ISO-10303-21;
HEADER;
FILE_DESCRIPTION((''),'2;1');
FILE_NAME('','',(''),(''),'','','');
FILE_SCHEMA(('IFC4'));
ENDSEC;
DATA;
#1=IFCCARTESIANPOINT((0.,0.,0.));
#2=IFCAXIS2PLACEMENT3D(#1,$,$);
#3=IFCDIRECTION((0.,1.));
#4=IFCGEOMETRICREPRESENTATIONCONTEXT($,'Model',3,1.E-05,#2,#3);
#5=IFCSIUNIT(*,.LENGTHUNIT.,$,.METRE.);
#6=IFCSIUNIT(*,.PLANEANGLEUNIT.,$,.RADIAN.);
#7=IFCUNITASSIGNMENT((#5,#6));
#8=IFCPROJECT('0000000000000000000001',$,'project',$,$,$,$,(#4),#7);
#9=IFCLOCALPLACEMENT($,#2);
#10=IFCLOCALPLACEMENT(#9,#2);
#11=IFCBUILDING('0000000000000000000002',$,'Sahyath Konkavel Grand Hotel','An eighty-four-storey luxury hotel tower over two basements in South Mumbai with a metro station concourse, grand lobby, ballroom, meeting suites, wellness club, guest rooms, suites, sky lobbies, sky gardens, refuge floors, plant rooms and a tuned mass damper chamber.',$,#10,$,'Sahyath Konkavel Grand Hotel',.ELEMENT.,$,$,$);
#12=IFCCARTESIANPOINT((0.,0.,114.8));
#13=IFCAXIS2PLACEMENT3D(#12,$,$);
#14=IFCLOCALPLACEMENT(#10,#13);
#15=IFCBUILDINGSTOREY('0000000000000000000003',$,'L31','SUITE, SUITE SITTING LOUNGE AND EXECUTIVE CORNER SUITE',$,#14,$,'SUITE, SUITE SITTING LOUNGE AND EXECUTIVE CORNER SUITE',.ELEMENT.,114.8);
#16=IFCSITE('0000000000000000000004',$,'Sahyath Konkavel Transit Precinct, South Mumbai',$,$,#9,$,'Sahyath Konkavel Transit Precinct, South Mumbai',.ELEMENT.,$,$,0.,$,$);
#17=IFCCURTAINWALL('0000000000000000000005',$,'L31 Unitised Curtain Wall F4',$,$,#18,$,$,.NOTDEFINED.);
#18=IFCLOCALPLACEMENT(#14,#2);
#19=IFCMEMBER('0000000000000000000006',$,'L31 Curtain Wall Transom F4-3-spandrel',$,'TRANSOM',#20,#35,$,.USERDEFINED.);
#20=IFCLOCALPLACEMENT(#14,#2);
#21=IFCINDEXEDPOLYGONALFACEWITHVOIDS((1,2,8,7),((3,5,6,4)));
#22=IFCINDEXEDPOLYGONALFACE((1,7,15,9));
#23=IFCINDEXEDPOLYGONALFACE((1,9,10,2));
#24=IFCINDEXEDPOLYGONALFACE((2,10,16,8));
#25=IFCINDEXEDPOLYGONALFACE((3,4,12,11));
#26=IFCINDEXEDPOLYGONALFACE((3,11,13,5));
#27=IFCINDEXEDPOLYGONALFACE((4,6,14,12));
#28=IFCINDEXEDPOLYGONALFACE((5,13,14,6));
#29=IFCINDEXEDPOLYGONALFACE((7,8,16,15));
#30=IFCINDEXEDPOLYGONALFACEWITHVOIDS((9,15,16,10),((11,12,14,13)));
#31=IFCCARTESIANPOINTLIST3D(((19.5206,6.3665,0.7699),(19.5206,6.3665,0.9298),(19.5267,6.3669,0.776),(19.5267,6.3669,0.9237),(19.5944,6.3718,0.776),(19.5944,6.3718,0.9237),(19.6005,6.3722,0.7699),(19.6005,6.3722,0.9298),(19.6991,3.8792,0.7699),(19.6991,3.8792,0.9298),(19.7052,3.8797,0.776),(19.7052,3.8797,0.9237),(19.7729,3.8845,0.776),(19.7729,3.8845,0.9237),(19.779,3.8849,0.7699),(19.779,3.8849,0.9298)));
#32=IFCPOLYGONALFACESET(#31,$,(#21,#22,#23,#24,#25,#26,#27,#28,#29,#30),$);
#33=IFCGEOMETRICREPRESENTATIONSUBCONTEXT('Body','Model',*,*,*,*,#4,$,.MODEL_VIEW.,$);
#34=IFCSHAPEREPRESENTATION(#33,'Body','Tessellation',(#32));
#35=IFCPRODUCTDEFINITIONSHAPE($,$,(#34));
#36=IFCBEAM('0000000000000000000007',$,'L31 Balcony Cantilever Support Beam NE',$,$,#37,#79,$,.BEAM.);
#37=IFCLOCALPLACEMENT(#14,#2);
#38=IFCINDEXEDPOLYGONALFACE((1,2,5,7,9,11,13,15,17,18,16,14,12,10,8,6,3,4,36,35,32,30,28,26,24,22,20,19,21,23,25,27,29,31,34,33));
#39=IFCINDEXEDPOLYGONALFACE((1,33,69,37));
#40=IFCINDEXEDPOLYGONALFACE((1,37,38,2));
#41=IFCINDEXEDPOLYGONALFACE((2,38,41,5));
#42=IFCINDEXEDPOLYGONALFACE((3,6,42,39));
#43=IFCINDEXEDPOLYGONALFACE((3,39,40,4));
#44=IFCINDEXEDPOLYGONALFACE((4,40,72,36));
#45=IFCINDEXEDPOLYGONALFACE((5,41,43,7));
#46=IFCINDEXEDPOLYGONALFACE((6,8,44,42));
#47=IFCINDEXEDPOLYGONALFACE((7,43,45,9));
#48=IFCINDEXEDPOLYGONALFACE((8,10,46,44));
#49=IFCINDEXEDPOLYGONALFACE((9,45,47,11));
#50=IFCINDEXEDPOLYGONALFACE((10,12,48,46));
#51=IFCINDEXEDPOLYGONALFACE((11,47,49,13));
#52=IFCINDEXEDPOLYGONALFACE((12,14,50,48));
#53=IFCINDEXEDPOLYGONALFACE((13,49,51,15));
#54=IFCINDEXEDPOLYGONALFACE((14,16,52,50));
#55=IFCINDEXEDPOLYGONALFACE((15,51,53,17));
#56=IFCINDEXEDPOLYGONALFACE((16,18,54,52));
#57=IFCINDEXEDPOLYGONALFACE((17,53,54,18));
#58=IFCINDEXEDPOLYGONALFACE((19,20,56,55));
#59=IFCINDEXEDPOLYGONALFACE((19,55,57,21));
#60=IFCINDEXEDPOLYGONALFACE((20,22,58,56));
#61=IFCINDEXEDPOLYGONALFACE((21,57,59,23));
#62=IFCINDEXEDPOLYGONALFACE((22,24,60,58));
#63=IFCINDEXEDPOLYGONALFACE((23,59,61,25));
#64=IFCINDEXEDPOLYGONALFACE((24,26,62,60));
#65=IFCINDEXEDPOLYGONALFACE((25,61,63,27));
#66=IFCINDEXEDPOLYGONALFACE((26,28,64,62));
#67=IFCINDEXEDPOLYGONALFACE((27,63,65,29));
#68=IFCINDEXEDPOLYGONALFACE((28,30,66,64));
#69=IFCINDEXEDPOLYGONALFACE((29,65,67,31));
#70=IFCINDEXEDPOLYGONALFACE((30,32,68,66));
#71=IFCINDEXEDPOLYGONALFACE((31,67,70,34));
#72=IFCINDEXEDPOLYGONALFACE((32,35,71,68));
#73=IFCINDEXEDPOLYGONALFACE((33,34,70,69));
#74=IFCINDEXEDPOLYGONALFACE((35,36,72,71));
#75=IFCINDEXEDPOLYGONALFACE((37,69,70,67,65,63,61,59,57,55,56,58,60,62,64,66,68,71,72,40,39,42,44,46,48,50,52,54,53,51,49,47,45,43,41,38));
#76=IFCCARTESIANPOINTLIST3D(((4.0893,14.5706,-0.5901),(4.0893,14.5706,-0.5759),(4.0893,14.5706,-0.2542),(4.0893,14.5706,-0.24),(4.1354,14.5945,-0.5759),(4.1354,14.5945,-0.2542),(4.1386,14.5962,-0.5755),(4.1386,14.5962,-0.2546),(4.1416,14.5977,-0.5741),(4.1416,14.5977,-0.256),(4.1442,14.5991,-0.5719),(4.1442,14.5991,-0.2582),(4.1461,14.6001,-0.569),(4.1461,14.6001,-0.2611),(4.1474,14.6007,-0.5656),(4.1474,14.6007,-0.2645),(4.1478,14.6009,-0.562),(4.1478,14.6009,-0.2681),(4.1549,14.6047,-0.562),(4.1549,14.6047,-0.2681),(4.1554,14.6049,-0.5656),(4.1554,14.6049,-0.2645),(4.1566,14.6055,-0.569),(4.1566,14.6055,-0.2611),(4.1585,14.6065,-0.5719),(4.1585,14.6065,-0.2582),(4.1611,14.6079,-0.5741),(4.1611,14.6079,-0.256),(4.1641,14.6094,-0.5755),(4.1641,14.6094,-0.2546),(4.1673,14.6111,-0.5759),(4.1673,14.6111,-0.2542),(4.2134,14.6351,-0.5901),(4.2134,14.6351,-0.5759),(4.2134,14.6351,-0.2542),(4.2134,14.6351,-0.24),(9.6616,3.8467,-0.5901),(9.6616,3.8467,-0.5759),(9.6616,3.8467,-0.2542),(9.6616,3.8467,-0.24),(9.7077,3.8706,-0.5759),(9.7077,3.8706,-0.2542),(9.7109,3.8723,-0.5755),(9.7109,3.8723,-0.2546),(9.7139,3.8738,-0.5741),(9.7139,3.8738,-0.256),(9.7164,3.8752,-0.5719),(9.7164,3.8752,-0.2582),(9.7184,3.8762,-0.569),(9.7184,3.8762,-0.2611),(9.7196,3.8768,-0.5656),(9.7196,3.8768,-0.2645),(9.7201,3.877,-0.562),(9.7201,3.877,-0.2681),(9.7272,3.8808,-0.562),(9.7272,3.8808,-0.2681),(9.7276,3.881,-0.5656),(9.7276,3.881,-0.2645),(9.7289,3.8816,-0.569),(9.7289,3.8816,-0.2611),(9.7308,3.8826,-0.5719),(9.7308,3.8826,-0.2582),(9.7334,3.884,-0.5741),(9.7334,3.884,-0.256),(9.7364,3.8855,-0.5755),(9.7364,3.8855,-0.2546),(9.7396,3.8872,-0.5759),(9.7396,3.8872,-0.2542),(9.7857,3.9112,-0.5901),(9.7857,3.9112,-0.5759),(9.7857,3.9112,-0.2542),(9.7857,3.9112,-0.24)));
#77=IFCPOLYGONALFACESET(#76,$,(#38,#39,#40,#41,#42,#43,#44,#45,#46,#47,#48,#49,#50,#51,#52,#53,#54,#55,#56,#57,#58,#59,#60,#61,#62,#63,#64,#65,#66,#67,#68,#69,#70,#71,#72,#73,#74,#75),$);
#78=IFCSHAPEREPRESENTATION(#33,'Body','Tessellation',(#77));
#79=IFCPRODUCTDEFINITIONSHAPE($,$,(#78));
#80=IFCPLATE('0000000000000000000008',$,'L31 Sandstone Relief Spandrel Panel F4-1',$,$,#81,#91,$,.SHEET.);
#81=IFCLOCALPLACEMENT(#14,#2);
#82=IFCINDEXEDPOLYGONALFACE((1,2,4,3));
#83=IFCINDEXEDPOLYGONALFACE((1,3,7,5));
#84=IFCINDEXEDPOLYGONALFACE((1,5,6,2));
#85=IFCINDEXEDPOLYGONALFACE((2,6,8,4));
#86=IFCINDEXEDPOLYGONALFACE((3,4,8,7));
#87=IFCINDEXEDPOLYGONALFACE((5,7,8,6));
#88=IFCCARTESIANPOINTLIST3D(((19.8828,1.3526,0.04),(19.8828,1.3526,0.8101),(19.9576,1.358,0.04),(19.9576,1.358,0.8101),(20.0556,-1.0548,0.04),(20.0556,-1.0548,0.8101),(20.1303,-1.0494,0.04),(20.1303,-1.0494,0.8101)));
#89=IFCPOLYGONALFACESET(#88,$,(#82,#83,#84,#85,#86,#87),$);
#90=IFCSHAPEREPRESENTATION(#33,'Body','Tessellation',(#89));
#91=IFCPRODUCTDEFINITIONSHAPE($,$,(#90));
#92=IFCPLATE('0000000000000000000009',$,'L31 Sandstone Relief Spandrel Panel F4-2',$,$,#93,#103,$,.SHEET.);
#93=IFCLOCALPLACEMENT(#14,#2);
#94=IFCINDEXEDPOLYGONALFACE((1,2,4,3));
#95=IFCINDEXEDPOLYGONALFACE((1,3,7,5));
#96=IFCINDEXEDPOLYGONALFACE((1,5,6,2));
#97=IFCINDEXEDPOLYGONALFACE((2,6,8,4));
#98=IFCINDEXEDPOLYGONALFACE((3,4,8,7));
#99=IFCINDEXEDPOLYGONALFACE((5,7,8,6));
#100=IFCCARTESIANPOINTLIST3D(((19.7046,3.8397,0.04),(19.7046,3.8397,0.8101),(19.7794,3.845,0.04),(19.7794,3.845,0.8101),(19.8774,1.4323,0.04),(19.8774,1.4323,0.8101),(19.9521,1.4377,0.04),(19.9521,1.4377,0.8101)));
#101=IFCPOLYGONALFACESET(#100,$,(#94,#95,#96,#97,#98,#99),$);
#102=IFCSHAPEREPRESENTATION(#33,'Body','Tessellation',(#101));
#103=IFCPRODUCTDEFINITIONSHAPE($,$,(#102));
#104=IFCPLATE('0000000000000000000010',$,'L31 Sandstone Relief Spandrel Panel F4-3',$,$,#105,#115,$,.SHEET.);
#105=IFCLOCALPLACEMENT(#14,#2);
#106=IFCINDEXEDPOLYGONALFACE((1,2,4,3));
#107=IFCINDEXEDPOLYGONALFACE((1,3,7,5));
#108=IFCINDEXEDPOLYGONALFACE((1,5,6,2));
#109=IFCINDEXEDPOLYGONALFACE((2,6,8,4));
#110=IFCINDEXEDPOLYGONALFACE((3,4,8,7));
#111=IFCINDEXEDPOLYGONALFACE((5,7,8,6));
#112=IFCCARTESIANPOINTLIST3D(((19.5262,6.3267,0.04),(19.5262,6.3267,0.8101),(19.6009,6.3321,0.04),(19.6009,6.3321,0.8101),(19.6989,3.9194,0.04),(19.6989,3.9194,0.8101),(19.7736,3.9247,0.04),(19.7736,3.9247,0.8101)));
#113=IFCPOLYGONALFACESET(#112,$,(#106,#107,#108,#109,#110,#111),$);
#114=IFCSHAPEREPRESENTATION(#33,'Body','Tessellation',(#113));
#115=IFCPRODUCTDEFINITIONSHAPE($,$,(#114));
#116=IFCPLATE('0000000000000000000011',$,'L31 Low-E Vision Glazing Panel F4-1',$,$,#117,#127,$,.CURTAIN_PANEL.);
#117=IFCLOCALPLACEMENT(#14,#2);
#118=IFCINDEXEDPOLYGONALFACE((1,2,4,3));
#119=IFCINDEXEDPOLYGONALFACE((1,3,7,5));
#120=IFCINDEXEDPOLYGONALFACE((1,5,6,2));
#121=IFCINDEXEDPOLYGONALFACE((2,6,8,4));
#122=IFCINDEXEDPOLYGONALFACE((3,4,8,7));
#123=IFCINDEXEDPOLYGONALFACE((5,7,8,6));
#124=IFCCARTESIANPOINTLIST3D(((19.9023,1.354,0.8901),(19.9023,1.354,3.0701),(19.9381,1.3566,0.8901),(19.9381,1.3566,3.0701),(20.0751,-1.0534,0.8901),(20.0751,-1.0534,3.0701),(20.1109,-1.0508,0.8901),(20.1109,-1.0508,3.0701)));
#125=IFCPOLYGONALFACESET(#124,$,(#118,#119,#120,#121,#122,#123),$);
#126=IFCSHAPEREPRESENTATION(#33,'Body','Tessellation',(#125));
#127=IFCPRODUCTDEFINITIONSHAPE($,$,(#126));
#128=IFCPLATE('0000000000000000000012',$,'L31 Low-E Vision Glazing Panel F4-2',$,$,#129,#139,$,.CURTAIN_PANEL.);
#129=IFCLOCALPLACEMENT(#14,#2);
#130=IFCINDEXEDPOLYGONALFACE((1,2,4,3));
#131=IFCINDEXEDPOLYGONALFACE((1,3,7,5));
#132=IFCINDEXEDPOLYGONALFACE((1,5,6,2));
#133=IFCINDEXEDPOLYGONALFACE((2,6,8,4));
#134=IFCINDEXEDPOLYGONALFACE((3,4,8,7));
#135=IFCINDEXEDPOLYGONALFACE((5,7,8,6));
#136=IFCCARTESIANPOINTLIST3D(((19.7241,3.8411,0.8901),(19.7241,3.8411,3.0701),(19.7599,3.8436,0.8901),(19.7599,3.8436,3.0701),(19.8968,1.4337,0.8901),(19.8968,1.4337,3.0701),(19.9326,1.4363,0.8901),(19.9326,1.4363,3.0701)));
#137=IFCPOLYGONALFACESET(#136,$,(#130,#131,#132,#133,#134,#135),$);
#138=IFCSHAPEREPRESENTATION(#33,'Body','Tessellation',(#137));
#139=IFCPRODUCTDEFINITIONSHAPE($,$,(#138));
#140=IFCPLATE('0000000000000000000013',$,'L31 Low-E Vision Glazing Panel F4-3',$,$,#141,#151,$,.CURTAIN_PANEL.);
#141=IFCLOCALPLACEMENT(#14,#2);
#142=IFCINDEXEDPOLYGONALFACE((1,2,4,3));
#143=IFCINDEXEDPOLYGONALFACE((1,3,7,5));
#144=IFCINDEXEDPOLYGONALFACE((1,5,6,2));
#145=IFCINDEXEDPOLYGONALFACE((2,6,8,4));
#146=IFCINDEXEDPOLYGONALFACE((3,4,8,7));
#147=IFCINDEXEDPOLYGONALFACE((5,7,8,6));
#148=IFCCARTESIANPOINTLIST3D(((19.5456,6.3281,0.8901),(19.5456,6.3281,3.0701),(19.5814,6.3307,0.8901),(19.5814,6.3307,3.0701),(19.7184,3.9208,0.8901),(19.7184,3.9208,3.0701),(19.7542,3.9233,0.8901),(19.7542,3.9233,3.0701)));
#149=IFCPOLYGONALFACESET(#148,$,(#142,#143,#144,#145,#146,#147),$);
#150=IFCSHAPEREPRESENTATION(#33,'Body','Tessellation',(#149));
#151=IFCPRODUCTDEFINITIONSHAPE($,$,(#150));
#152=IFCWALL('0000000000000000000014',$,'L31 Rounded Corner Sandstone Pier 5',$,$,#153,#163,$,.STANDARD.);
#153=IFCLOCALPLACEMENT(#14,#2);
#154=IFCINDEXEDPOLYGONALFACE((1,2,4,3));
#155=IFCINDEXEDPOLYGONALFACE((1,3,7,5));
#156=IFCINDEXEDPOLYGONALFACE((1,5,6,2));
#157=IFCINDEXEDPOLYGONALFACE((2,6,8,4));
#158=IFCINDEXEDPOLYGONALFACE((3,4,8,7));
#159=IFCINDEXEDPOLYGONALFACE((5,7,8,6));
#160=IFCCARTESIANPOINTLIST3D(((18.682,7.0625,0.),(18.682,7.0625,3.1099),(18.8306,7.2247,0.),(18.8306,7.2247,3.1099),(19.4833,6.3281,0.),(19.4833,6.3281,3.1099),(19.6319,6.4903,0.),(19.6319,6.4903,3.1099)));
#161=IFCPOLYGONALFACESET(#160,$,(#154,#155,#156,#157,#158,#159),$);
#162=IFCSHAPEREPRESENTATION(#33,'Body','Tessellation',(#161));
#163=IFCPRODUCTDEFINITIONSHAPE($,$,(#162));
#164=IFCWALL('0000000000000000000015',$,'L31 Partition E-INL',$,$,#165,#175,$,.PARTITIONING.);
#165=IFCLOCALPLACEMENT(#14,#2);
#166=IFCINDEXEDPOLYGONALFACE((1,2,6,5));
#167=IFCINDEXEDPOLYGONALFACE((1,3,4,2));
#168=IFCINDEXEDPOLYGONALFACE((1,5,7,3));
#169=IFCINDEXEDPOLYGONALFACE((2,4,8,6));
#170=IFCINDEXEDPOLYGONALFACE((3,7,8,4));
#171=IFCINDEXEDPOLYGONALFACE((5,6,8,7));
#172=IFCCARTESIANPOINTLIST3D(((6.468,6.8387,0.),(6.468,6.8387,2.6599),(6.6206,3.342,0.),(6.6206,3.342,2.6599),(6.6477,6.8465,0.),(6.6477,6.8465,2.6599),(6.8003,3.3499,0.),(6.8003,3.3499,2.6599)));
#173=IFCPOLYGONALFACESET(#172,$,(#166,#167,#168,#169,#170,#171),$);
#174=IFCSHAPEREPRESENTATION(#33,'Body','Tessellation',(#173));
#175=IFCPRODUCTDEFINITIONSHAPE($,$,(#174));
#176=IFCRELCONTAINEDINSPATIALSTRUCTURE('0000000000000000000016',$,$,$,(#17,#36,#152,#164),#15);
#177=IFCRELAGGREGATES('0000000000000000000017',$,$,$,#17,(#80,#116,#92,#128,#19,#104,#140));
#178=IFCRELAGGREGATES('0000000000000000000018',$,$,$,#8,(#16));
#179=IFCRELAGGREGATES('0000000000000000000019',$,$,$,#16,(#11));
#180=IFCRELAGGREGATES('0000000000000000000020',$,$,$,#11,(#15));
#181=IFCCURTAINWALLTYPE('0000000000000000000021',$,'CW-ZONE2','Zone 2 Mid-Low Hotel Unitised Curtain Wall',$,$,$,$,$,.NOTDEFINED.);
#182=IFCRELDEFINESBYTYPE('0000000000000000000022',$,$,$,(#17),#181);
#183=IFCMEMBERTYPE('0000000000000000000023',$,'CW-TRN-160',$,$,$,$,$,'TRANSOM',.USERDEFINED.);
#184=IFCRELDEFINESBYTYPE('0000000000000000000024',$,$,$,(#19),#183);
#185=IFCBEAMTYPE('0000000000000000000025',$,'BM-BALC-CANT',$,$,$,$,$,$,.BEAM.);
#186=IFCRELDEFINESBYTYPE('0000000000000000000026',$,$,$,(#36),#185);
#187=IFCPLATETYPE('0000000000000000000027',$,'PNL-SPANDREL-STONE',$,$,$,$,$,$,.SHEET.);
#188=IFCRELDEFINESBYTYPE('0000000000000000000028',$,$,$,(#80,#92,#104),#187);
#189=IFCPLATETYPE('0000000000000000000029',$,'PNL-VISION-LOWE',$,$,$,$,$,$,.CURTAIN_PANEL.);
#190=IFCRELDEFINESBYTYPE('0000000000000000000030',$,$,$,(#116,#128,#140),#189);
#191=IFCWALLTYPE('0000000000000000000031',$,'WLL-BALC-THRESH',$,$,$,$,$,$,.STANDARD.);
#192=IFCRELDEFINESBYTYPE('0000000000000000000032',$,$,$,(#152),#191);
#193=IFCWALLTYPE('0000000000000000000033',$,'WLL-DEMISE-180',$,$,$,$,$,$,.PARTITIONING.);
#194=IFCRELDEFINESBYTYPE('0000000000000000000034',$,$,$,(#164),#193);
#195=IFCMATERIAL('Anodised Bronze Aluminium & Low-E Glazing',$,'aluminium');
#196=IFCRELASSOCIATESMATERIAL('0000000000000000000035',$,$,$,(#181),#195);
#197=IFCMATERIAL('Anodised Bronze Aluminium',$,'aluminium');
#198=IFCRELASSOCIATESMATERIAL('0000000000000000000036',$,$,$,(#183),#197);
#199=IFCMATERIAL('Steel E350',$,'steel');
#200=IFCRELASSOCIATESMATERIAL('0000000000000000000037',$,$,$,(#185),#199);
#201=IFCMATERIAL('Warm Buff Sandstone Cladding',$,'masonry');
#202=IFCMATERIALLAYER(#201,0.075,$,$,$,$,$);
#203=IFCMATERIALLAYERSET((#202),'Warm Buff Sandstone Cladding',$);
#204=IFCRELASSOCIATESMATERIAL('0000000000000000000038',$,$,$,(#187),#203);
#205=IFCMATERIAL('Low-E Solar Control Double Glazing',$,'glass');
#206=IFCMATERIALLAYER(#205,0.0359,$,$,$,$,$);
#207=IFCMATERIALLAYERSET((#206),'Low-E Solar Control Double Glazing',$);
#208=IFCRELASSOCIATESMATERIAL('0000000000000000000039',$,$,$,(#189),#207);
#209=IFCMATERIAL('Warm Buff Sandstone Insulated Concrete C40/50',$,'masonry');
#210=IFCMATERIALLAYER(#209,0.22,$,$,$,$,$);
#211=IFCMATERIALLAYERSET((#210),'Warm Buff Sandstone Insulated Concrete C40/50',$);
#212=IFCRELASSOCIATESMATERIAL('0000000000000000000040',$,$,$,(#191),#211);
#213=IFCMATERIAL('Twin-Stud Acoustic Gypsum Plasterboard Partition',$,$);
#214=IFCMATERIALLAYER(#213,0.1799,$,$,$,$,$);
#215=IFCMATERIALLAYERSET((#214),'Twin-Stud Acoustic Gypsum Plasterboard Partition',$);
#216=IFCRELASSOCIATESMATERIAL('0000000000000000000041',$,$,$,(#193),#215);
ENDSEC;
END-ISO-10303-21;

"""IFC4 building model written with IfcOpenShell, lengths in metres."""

from ifc_helpers import new_model, si_unit, direction, frame, frame_2d, origin, origin_2d, place, context, subcontext, project, spatial, rectangle, hollow_rectangle, i_section, extrude, source, transform, mapped, material, layer, layer_set, material_profile, profile_set, type_object, element, aggregate, save


model = new_model("IFC4")

# Units and contexts
model_context = context("Model", 3, precision=1e-05, world=origin(), true_north=direction((0.0, 1.0)))
body_context = subcontext(model_context, "Body", "Model", "MODEL_VIEW")
ifc_project = project(units=[si_unit("LENGTHUNIT", "METRE"), si_unit("PLANEANGLEUNIT", "RADIAN")], contexts=[model_context])

# Site, building, storey
site_placement = place(None, origin())
site = spatial("IfcSite", under=ifc_project, at=site_placement, Name="Sahyath Konkavel Transit Precinct, South Mumbai", LongName="Sahyath Konkavel Transit Precinct, South Mumbai", CompositionType="ELEMENT", RefElevation=0.0)
building_placement = place(site_placement, origin())
building = spatial("IfcBuilding", under=site, at=building_placement, Name="Sahyath Konkavel Grand Hotel", Description="An eighty-four-storey luxury hotel tower over two basements in South Mumbai with a metro station concourse, grand lobby, ballroom, meeting suites, wellness club, guest rooms, suites, sky lobbies, sky gardens, refuge floors, plant rooms and a tuned mass damper chamber.", LongName="Sahyath Konkavel Grand Hotel", CompositionType="ELEMENT")
storey_placement = place(building_placement, frame((0.0, 0.0, 114.8)))
storey = spatial("IfcBuildingStorey", under=building, at=storey_placement, Name="L31", Description="SUITE, SUITE SITTING LOUNGE AND EXECUTIVE CORNER SUITE", LongName="SUITE, SUITE SITTING LOUNGE AND EXECUTIVE CORNER SUITE", CompositionType="ELEMENT", Elevation=114.8)

# Shared definitions
ifc_material_1 = material(Name="Steel E350", Category="steel")

# Curtain wall
ifc_material_2 = material(Name="Anodised Bronze Aluminium & Low-E Glazing", Category="aluminium")
curtain_wall_type = type_object("IfcCurtainWallType", Name="CW-ZONE2", Description="Zone 2 Mid-Low Hotel Unitised Curtain Wall", PredefinedType="NOTDEFINED", material=ifc_material_2)
curtain_wall_1_placement = place(storey_placement, origin())
curtain_wall_1 = element("IfcCurtainWall", 1, at=curtain_wall_1_placement, inside=storey, type_object=curtain_wall_type, Name="L31 Unitised Curtain Wall F4", PredefinedType="NOTDEFINED")
ifc_material_3 = material(Name="Anodised Bronze Aluminium", Category="aluminium")

# Member
ifc_material_profile_1 = material_profile(ifc_material_3, hollow_rectangle(XDim=0.0801, YDim=0.1599, WallThickness=0.0061, at=origin_2d()), Name="RHS 160x80x6")
ifc_profile_set_1 = profile_set([ifc_material_profile_1], Name="Anodised Bronze Aluminium")
member_type_1 = type_object("IfcMemberType", Name="CW-TRN-160", ElementType="TRANSOM", PredefinedType="USERDEFINED", material=ifc_profile_set_1)
shared_shape_1 = source(origin(), body_context, "Body", "SweptSolid", [
    extrude(hollow_rectangle(XDim=0.0801, YDim=0.1599, WallThickness=0.0061, at=origin_2d()), origin(), (0.0, 0.0, 1.0), 2.4937),
])
member_1_placement = place(storey_placement, frame((19.739, 3.8821, 0.8499), z_axis=(-0.071567, 0.997436, 0.0), x_axis=(-0.997436, -0.071567, 0.0)))
member_1 = element("IfcMember", 2, at=member_1_placement, type_object=member_type_1, Name="L31 Curtain Wall Transom F4-3-spandrel", ObjectType="TRANSOM", PredefinedType="USERDEFINED", context=body_context, shape_type="MappedRepresentation", body=[
    mapped(shared_shape_1, transform((0.0, 0.0, 0.0), scale=1.0)),
])

# Beam
ifc_material_profile_2 = material_profile(ifc_material_1, i_section(OverallWidth=0.1399, OverallDepth=0.3501, WebThickness=0.0081, FlangeThickness=0.0142, FilletRadius=0.0139, at=origin_2d()), Name="ISMB 350")
ifc_profile_set_2 = profile_set([ifc_material_profile_2], Name="Steel E350")
beam_type_1 = type_object("IfcBeamType", Name="BM-BALC-CANT", PredefinedType="BEAM", material=ifc_profile_set_2)
shared_shape_2 = source(origin(), body_context, "Body", "SweptSolid", [
    extrude(i_section(OverallWidth=0.1399, OverallDepth=0.3501, WebThickness=0.0081, FlangeThickness=0.0142, FilletRadius=0.0139, at=origin_2d()), origin(), (0.0, 0.0, 1.0), 12.0852),
])
beam_1_placement = place(storey_placement, frame((9.7236, 3.8789, -0.415), z_axis=(-0.461082, 0.887357, 0.0), x_axis=(-0.887357, -0.461082, 0.0)))
element("IfcBeam", 3, at=beam_1_placement, inside=storey, type_object=beam_type_1, Name="L31 Balcony Cantilever Support Beam NE", PredefinedType="BEAM", context=body_context, shape_type="MappedRepresentation", body=[
    mapped(shared_shape_2, transform((0.0, 0.0, 0.0), scale=1.0)),
])

# Plates
ifc_material_4 = material(Name="Warm Buff Sandstone Cladding", Category="masonry")
ifc_layer_1 = layer(ifc_material_4, 0.075)
ifc_layer_set_1 = layer_set([ifc_layer_1], Name="Warm Buff Sandstone Cladding")
plate_type_1 = type_object("IfcPlateType", Name="PNL-SPANDREL-STONE", PredefinedType="SHEET", material=ifc_layer_set_1)
shared_shape_3 = source(origin(), body_context, "Body", "SweptSolid", [
    extrude(rectangle(XDim=2.4136, YDim=0.075, at=origin_2d()), origin(), (0.0, 0.0, 1.0), 0.77),
])
plate_1_placement = place(storey_placement, frame((20.0066, 0.1516, 0.04), z_axis=(0.0, 0.0, 1.0), x_axis=(-0.071567, 0.997436, 0.0)))
plate_1 = element("IfcPlate", 4, at=plate_1_placement, type_object=plate_type_1, Name="L31 Sandstone Relief Spandrel Panel F4-1", PredefinedType="SHEET", context=body_context, shape_type="MappedRepresentation", body=[
    mapped(shared_shape_3, transform((0.0, 0.0, 0.0), scale=1.0)),
])
plate_2_placement = place(storey_placement, frame((19.8284, 2.6387, 0.04), z_axis=(0.0, 0.0, 1.0), x_axis=(-0.071567, 0.997436, 0.0)))
plate_2 = element("IfcPlate", 5, at=plate_2_placement, type_object=plate_type_1, Name="L31 Sandstone Relief Spandrel Panel F4-2", PredefinedType="SHEET", context=body_context, shape_type="MappedRepresentation", body=[
    mapped(shared_shape_3, transform((0.0, 0.0, 0.0), scale=1.0)),
])
plate_3_placement = place(storey_placement, frame((19.6499, 5.1257, 0.04), z_axis=(0.0, 0.0, 1.0), x_axis=(-0.071567, 0.997436, 0.0)))
plate_3 = element("IfcPlate", 6, at=plate_3_placement, type_object=plate_type_1, Name="L31 Sandstone Relief Spandrel Panel F4-3", PredefinedType="SHEET", context=body_context, shape_type="MappedRepresentation", body=[
    mapped(shared_shape_3, transform((0.0, 0.0, 0.0), scale=1.0)),
])
ifc_material_5 = material(Name="Low-E Solar Control Double Glazing", Category="glass")
ifc_layer_2 = layer(ifc_material_5, 0.0359)
ifc_layer_set_2 = layer_set([ifc_layer_2], Name="Low-E Solar Control Double Glazing")
plate_type_2 = type_object("IfcPlateType", Name="PNL-VISION-LOWE", PredefinedType="CURTAIN_PANEL", material=ifc_layer_set_2)
shared_shape_4 = source(origin(), body_context, "Body", "SweptSolid", [
    extrude(rectangle(XDim=2.4136, YDim=0.0359, at=origin_2d()), origin(), (0.0, 0.0, 1.0), 2.1799),
])
plate_4_placement = place(storey_placement, frame((20.0066, 0.1516, 0.8901), z_axis=(0.0, 0.0, 1.0), x_axis=(-0.071567, 0.997436, 0.0)))
plate_4 = element("IfcPlate", 7, at=plate_4_placement, type_object=plate_type_2, Name="L31 Low-E Vision Glazing Panel F4-1", PredefinedType="CURTAIN_PANEL", context=body_context, shape_type="MappedRepresentation", body=[
    mapped(shared_shape_4, transform((0.0, 0.0, 0.0), scale=1.0)),
])
plate_5_placement = place(storey_placement, frame((19.8284, 2.6387, 0.8901), z_axis=(0.0, 0.0, 1.0), x_axis=(-0.071567, 0.997436, 0.0)))
plate_5 = element("IfcPlate", 8, at=plate_5_placement, type_object=plate_type_2, Name="L31 Low-E Vision Glazing Panel F4-2", PredefinedType="CURTAIN_PANEL", context=body_context, shape_type="MappedRepresentation", body=[
    mapped(shared_shape_4, transform((0.0, 0.0, 0.0), scale=1.0)),
])
plate_6_placement = place(storey_placement, frame((19.6499, 5.1257, 0.8901), z_axis=(0.0, 0.0, 1.0), x_axis=(-0.071567, 0.997436, 0.0)))
plate_6 = element("IfcPlate", 9, at=plate_6_placement, type_object=plate_type_2, Name="L31 Low-E Vision Glazing Panel F4-3", PredefinedType="CURTAIN_PANEL", context=body_context, shape_type="MappedRepresentation", body=[
    mapped(shared_shape_4, transform((0.0, 0.0, 0.0), scale=1.0)),
])
aggregate(curtain_wall_1, [plate_1, plate_4, plate_2, plate_5, member_1, plate_3, plate_6])

# Walls
ifc_material_6 = material(Name="Warm Buff Sandstone Insulated Concrete C40/50", Category="masonry")
ifc_layer_3 = layer(ifc_material_6, 0.22)
ifc_layer_set_3 = layer_set([ifc_layer_3], Name="Warm Buff Sandstone Insulated Concrete C40/50")
wall_type_1 = type_object("IfcWallType", Name="WLL-BALC-THRESH", PredefinedType="STANDARD", material=ifc_layer_set_3)
wall_1_placement = place(storey_placement, frame((19.5576, 6.4092, 0.0), z_axis=(0.0, 0.0, 1.0), x_axis=(-0.73721, 0.675664, 0.0)))
element("IfcWall", 10, at=wall_1_placement, inside=storey, type_object=wall_type_1, Name="L31 Rounded Corner Sandstone Pier 5", PredefinedType="STANDARD", context=body_context, shape_type="SweptSolid", body=[
    extrude(rectangle(XDim=1.0869, YDim=0.22, at=frame_2d((0.5435, 0.0))), origin(), (0.0, 0.0, 1.0), 3.1099),
])
ifc_material_7 = material(Name="Twin-Stud Acoustic Gypsum Plasterboard Partition")
ifc_layer_4 = layer(ifc_material_7, 0.1799)
ifc_layer_set_4 = layer_set([ifc_layer_4], Name="Twin-Stud Acoustic Gypsum Plasterboard Partition")
wall_type_2 = type_object("IfcWallType", Name="WLL-DEMISE-180", PredefinedType="PARTITIONING", material=ifc_layer_set_4)
for number, where, z_axis, x_axis, name in (
    (11, (6.7104, 3.3459, 0.0), (0.0, 0.0, 1.0), (-0.043598, 0.999049, 0.0), "L31 Partition E-INL"),
):
    element("IfcWall", number, at=place(storey_placement, frame(where, z_axis=z_axis, x_axis=x_axis)), inside=storey, type_object=wall_type_2, Name=name, PredefinedType="PARTITIONING", context=body_context, shape_type="SweptSolid", body=[
        extrude(rectangle(XDim=3.5, YDim=0.1799, at=frame_2d((1.75, 0.0))), origin(), (0.0, 0.0, 1.0), 2.6599),
    ])

save(model, "model.ifc")
